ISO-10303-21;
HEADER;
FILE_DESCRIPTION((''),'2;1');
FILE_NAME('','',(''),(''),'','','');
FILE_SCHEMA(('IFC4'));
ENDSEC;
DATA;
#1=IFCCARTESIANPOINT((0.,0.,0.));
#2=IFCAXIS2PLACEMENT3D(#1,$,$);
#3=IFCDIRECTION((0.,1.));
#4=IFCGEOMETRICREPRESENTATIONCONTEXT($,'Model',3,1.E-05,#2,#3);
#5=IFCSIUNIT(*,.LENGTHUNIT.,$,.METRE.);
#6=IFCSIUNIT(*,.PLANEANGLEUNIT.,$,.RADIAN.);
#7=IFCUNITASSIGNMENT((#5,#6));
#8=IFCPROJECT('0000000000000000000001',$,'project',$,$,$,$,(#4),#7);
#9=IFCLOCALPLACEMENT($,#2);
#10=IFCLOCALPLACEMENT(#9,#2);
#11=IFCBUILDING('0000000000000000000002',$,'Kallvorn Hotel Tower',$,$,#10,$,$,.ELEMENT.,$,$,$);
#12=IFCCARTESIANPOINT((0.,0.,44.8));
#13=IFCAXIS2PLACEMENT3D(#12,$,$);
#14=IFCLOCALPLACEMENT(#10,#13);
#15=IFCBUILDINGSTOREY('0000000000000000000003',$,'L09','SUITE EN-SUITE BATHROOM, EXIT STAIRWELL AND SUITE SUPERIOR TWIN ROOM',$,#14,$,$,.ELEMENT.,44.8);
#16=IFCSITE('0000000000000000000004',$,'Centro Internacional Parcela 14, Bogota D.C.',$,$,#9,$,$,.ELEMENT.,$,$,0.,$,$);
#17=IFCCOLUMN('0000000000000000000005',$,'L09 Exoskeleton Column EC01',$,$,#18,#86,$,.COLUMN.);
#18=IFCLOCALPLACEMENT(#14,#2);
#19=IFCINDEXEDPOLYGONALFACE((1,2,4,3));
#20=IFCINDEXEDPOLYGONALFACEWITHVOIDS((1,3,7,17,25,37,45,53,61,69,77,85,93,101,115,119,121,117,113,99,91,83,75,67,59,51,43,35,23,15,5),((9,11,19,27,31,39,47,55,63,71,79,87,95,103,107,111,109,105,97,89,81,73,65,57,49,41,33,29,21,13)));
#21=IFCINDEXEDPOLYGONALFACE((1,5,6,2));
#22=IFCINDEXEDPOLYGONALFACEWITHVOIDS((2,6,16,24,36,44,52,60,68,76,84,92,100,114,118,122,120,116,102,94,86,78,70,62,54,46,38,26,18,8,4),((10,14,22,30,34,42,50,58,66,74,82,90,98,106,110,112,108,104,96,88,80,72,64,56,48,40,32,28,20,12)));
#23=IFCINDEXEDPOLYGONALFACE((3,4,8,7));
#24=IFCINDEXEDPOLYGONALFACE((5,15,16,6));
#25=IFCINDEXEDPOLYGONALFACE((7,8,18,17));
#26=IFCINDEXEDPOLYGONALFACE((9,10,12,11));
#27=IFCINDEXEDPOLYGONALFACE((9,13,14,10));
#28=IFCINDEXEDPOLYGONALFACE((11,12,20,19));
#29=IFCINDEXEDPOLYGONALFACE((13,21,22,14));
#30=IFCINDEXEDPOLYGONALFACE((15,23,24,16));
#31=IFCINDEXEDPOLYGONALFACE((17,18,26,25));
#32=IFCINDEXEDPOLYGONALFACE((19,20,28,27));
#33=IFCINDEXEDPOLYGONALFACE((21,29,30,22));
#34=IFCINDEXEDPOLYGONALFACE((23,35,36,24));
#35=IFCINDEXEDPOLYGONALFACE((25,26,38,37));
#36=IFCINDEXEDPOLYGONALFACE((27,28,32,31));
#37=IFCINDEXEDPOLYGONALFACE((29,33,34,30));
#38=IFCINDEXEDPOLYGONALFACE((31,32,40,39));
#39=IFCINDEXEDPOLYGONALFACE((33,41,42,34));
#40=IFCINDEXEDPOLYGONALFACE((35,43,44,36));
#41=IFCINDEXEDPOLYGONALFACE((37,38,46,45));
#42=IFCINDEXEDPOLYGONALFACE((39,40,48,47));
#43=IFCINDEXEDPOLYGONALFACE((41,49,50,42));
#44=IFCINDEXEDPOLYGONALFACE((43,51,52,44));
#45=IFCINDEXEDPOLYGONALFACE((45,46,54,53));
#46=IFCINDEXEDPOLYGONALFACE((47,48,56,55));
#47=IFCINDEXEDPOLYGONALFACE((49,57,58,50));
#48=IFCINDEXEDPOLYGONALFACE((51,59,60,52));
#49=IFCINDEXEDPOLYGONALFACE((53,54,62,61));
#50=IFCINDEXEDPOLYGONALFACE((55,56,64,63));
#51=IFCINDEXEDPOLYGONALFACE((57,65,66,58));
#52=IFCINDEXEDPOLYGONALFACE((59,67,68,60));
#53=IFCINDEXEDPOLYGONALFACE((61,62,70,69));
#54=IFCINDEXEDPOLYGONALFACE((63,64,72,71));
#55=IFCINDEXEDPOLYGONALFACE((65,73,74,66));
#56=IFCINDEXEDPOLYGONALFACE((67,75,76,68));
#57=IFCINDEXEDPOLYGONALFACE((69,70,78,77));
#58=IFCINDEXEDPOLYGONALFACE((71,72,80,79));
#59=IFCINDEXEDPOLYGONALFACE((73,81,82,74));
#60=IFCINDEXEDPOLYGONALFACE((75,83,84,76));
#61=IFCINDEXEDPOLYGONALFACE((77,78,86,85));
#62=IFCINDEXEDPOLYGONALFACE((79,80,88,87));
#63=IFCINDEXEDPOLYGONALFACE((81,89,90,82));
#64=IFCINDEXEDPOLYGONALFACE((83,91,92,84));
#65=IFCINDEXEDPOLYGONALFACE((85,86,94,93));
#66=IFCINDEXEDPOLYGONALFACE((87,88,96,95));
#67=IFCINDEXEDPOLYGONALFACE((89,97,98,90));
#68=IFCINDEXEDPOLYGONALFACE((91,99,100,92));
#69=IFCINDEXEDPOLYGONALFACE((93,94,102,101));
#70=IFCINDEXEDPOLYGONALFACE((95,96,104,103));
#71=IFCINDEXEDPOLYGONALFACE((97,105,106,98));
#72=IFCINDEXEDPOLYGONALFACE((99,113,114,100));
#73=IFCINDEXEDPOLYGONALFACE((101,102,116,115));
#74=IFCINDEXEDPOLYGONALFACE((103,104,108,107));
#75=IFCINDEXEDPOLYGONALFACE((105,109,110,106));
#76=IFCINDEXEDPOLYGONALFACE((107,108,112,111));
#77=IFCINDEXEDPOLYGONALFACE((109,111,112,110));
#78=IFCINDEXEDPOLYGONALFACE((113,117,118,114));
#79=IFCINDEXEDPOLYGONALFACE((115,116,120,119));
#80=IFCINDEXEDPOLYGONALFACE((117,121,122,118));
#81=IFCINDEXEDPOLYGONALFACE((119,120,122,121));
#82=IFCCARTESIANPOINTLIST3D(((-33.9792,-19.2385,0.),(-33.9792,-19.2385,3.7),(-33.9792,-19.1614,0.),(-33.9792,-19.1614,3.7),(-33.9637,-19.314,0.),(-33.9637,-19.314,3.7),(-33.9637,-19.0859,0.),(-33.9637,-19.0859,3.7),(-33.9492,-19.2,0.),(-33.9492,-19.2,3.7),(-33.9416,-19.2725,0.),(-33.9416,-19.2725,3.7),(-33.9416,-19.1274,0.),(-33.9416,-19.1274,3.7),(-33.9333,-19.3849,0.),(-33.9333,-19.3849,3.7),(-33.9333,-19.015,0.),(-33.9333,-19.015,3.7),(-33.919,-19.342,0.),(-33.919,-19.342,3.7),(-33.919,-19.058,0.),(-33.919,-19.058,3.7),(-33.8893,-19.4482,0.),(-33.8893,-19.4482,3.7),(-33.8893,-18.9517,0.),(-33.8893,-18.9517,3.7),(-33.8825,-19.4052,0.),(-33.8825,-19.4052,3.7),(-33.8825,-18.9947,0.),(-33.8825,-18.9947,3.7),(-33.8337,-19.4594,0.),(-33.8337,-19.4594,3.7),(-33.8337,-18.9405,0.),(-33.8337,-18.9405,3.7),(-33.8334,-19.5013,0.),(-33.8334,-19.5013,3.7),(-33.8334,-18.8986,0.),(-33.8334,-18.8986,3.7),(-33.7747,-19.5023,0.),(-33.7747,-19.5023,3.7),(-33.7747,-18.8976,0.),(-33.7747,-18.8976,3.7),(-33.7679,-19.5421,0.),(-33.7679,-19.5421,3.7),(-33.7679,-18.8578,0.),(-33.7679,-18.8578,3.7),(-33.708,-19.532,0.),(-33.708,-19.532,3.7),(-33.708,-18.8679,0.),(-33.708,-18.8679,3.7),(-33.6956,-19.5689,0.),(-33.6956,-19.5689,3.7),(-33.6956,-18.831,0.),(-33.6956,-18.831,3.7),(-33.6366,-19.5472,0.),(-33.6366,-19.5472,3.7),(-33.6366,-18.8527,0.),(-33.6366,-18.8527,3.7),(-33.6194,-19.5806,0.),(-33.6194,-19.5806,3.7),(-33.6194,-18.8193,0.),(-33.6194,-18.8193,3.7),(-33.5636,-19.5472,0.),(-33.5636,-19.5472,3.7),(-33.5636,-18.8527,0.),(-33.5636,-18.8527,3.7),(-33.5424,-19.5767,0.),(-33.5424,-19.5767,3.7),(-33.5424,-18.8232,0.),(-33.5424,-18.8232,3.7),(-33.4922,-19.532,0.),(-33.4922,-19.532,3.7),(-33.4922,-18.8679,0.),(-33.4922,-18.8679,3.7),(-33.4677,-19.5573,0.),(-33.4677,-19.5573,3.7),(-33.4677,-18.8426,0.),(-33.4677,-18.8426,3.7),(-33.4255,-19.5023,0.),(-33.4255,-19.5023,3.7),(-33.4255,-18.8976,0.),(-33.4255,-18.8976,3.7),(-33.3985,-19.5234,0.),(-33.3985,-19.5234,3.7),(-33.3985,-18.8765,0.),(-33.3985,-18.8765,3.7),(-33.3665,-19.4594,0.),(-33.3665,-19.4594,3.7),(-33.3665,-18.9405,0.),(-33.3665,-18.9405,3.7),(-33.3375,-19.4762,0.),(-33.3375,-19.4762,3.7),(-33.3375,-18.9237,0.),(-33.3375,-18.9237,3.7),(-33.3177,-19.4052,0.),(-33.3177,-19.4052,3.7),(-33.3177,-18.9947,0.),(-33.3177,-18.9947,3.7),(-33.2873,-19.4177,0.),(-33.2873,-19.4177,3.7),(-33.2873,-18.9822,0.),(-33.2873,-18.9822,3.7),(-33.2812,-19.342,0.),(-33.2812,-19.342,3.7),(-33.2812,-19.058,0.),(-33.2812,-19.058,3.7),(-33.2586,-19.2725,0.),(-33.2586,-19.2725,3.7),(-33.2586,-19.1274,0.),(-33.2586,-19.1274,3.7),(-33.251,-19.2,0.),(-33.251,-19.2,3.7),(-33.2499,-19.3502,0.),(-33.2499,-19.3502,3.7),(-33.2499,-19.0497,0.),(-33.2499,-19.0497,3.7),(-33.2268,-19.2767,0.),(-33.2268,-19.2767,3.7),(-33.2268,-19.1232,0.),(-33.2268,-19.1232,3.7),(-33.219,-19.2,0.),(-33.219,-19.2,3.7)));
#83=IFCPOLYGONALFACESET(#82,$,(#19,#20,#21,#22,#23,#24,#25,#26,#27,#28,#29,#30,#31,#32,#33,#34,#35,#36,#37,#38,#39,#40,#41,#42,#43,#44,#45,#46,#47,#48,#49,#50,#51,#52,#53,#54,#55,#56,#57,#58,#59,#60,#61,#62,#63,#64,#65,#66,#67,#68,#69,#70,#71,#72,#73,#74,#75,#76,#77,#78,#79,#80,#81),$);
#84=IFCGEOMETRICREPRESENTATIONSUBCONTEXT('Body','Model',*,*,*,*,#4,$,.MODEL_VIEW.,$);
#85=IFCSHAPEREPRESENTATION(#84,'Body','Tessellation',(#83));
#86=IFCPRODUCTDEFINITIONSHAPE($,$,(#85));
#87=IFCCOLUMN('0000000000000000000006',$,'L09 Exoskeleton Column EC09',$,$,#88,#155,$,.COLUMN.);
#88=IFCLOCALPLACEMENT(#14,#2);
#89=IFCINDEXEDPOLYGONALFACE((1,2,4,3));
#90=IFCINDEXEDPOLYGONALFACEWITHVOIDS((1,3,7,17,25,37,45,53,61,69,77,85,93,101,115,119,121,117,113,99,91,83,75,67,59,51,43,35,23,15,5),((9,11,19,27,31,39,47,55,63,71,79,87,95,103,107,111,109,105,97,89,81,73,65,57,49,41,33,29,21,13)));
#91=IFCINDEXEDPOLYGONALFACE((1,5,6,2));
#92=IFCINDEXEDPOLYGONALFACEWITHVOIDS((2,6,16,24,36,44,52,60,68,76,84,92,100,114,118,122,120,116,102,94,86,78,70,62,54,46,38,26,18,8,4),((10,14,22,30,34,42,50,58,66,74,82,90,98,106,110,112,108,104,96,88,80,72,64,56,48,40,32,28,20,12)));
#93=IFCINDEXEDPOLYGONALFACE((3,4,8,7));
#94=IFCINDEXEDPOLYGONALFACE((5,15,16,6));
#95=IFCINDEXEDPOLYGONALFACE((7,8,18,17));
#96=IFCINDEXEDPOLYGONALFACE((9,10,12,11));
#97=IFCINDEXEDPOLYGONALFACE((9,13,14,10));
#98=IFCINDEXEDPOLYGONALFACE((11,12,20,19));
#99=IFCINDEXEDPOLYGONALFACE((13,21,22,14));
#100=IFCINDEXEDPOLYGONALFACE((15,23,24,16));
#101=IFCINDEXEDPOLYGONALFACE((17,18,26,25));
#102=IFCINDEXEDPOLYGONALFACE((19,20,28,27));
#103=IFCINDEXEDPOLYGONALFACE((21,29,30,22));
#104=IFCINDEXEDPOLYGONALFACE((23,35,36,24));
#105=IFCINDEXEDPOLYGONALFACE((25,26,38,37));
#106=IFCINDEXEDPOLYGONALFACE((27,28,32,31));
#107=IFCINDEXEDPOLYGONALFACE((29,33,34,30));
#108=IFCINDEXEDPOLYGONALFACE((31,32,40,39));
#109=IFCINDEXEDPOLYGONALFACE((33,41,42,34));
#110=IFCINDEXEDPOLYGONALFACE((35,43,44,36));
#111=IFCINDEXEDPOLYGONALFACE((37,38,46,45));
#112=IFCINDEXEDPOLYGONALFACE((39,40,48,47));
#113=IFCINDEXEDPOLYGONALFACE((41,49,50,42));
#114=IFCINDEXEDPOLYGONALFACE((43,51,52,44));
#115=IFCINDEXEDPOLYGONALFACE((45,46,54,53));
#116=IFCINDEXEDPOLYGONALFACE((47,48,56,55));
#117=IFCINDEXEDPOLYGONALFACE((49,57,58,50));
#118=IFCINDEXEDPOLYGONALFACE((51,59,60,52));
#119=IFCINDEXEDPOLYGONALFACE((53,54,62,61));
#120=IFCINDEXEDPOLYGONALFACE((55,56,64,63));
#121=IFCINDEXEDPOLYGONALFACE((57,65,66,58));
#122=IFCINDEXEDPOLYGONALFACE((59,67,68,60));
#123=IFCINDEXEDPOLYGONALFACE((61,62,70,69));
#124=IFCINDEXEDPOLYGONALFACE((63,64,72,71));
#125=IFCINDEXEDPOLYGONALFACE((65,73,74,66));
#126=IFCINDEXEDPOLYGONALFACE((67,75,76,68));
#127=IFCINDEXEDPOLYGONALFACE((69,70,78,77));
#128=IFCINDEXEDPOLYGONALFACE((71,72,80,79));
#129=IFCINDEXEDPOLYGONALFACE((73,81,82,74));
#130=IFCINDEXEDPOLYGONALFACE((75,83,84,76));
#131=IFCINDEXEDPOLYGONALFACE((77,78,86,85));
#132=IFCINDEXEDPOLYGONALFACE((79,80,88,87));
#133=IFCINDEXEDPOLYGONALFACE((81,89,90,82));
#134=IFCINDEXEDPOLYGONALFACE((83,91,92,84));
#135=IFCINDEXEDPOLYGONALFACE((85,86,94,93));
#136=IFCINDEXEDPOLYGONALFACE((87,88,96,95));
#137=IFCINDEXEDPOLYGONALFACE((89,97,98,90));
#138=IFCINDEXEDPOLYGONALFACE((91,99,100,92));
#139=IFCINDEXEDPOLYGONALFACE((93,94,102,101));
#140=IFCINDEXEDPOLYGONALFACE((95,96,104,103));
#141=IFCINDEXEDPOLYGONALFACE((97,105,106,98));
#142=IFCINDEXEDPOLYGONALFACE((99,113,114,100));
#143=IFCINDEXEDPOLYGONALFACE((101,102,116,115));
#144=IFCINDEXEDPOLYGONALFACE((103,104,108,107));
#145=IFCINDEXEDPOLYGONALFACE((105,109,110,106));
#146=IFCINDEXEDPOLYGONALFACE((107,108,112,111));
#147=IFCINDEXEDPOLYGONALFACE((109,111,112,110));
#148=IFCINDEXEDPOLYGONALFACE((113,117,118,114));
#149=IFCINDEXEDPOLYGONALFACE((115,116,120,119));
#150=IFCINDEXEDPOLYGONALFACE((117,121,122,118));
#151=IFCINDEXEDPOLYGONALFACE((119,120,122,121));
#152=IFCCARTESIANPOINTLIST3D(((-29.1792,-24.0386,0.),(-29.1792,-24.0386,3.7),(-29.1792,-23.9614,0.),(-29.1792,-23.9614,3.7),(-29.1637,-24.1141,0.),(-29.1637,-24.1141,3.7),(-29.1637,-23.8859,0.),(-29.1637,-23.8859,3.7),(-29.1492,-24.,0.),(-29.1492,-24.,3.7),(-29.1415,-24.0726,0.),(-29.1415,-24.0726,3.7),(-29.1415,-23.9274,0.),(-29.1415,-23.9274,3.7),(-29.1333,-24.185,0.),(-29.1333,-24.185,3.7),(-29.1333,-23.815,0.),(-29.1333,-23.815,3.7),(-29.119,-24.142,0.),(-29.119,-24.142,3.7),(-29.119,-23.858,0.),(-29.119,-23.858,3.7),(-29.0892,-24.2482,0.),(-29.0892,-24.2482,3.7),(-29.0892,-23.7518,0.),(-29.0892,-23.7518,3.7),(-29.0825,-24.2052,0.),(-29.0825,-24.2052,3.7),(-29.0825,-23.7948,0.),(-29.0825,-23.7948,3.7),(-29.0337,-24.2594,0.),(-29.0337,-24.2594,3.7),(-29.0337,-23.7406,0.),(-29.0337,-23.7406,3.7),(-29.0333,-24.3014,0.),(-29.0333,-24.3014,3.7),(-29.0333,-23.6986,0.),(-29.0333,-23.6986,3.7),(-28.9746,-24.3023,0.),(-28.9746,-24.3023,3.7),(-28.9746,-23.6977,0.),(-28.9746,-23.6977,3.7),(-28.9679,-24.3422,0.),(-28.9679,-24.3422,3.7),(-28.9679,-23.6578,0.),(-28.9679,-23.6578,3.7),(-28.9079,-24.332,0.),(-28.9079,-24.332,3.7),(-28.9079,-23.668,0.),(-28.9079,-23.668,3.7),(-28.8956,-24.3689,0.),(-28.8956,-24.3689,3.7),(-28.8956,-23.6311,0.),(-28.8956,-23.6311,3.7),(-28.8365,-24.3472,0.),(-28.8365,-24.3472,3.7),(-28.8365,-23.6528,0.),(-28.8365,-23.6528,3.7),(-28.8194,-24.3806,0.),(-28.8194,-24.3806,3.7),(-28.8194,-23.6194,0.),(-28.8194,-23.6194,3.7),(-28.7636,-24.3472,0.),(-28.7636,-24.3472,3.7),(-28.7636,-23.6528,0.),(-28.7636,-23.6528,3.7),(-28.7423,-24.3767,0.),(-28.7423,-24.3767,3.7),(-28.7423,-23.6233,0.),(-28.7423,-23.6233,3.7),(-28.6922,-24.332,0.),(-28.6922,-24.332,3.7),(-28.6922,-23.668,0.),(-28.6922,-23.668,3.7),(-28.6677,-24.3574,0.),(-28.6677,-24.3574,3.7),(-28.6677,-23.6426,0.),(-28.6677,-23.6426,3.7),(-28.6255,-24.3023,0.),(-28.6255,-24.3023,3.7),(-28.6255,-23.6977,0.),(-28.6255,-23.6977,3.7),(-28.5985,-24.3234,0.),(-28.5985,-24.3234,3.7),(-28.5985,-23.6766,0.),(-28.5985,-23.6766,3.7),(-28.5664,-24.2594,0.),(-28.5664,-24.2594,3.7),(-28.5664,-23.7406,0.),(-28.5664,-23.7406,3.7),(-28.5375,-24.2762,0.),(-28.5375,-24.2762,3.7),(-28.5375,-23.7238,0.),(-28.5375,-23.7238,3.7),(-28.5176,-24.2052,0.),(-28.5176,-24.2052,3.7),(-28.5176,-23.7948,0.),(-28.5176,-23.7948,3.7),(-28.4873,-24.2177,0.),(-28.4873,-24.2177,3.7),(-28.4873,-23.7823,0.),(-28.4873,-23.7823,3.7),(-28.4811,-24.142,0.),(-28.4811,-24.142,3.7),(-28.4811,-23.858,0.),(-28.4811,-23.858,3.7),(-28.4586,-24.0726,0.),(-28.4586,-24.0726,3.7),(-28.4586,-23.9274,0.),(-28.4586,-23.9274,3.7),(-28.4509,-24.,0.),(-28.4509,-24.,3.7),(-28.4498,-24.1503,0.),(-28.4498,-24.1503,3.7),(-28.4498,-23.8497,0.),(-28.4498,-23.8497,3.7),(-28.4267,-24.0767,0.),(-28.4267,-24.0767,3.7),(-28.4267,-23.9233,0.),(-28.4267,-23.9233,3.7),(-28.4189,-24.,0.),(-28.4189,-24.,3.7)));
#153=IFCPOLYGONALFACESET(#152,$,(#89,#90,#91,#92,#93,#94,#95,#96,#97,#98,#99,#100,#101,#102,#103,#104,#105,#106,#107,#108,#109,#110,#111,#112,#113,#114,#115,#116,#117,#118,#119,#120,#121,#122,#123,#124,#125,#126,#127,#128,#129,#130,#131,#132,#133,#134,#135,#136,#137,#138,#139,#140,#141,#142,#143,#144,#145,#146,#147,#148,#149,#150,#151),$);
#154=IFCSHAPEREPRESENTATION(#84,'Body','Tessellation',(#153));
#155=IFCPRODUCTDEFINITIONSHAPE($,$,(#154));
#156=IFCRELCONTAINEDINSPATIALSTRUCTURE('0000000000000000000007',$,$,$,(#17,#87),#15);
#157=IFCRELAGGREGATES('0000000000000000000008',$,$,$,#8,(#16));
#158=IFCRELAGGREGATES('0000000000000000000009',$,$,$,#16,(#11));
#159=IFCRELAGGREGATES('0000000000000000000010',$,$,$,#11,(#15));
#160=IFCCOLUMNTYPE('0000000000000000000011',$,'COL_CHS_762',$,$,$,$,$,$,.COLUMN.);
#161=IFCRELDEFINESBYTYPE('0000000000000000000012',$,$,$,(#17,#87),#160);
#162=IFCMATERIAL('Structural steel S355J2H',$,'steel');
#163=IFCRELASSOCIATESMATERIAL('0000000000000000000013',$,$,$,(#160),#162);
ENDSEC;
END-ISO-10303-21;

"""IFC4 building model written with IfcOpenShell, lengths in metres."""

from ifc_helpers import new_model, si_unit, direction, frame, origin, origin_2d, place, context, subcontext, project, spatial, hollow_circle, extrude, material, material_profile, profile_set, type_object, element, save


model = new_model("IFC4")

# Units and contexts
model_context = context("Model", 3, precision=1e-05, world=origin(), true_north=direction((0.0, 1.0)))
body_context = subcontext(model_context, "Body", "Model", "MODEL_VIEW")
ifc_project = project(units=[si_unit("LENGTHUNIT", "METRE"), si_unit("PLANEANGLEUNIT", "RADIAN")], contexts=[model_context])

# Site, building, storey
site_placement = place(None, origin())
site = spatial("IfcSite", under=ifc_project, at=site_placement, Name="Centro Internacional Parcela 14, Bogota D.C.", CompositionType="ELEMENT", RefElevation=0.0)
building_placement = place(site_placement, origin())
building = spatial("IfcBuilding", under=site, at=building_placement, Name="Kallvorn Hotel Tower", CompositionType="ELEMENT")
storey_placement = place(building_placement, frame((0.0, 0.0, 44.8)))
storey = spatial("IfcBuildingStorey", under=building, at=storey_placement, Name="L09", Description="SUITE EN-SUITE BATHROOM, EXIT STAIRWELL AND SUITE SUPERIOR TWIN ROOM", CompositionType="ELEMENT", Elevation=44.8)

# Columns
ifc_material_1 = material(Name="Structural steel S355J2H", Category="steel")
ifc_material_profile_1 = material_profile(ifc_material_1, hollow_circle(Radius=0.3811, WallThickness=0.032, at=origin_2d()), Name="CHS 762x32")
ifc_profile_set_1 = profile_set([ifc_material_profile_1], Name="Structural steel S355J2H")
column_type = type_object("IfcColumnType", Name="COL_CHS_762", PredefinedType="COLUMN", material=ifc_profile_set_1)
for number, where, z_axis, x_axis, name in (
    (1, (-33.6001, -19.2, 0.0), (0.0, 0.0, 1.0), (1.0, 0.0, 0.0), "L09 Exoskeleton Column EC01"),
    (2, (-28.8, -24.0, 0.0), (0.0, 0.0, 1.0), (1.0, 0.0, 0.0), "L09 Exoskeleton Column EC09"),
):
    element("IfcColumn", number, at=place(storey_placement, frame(where, z_axis=z_axis, x_axis=x_axis)), inside=storey, type_object=column_type, Name=name, PredefinedType="COLUMN", context=body_context, shape_type="SweptSolid", body=[
        extrude(hollow_circle(Radius=0.3811, WallThickness=0.032, at=origin_2d()), origin(), (0.0, 0.0, 1.0), 3.7),
    ])

save(model, "model.ifc")
